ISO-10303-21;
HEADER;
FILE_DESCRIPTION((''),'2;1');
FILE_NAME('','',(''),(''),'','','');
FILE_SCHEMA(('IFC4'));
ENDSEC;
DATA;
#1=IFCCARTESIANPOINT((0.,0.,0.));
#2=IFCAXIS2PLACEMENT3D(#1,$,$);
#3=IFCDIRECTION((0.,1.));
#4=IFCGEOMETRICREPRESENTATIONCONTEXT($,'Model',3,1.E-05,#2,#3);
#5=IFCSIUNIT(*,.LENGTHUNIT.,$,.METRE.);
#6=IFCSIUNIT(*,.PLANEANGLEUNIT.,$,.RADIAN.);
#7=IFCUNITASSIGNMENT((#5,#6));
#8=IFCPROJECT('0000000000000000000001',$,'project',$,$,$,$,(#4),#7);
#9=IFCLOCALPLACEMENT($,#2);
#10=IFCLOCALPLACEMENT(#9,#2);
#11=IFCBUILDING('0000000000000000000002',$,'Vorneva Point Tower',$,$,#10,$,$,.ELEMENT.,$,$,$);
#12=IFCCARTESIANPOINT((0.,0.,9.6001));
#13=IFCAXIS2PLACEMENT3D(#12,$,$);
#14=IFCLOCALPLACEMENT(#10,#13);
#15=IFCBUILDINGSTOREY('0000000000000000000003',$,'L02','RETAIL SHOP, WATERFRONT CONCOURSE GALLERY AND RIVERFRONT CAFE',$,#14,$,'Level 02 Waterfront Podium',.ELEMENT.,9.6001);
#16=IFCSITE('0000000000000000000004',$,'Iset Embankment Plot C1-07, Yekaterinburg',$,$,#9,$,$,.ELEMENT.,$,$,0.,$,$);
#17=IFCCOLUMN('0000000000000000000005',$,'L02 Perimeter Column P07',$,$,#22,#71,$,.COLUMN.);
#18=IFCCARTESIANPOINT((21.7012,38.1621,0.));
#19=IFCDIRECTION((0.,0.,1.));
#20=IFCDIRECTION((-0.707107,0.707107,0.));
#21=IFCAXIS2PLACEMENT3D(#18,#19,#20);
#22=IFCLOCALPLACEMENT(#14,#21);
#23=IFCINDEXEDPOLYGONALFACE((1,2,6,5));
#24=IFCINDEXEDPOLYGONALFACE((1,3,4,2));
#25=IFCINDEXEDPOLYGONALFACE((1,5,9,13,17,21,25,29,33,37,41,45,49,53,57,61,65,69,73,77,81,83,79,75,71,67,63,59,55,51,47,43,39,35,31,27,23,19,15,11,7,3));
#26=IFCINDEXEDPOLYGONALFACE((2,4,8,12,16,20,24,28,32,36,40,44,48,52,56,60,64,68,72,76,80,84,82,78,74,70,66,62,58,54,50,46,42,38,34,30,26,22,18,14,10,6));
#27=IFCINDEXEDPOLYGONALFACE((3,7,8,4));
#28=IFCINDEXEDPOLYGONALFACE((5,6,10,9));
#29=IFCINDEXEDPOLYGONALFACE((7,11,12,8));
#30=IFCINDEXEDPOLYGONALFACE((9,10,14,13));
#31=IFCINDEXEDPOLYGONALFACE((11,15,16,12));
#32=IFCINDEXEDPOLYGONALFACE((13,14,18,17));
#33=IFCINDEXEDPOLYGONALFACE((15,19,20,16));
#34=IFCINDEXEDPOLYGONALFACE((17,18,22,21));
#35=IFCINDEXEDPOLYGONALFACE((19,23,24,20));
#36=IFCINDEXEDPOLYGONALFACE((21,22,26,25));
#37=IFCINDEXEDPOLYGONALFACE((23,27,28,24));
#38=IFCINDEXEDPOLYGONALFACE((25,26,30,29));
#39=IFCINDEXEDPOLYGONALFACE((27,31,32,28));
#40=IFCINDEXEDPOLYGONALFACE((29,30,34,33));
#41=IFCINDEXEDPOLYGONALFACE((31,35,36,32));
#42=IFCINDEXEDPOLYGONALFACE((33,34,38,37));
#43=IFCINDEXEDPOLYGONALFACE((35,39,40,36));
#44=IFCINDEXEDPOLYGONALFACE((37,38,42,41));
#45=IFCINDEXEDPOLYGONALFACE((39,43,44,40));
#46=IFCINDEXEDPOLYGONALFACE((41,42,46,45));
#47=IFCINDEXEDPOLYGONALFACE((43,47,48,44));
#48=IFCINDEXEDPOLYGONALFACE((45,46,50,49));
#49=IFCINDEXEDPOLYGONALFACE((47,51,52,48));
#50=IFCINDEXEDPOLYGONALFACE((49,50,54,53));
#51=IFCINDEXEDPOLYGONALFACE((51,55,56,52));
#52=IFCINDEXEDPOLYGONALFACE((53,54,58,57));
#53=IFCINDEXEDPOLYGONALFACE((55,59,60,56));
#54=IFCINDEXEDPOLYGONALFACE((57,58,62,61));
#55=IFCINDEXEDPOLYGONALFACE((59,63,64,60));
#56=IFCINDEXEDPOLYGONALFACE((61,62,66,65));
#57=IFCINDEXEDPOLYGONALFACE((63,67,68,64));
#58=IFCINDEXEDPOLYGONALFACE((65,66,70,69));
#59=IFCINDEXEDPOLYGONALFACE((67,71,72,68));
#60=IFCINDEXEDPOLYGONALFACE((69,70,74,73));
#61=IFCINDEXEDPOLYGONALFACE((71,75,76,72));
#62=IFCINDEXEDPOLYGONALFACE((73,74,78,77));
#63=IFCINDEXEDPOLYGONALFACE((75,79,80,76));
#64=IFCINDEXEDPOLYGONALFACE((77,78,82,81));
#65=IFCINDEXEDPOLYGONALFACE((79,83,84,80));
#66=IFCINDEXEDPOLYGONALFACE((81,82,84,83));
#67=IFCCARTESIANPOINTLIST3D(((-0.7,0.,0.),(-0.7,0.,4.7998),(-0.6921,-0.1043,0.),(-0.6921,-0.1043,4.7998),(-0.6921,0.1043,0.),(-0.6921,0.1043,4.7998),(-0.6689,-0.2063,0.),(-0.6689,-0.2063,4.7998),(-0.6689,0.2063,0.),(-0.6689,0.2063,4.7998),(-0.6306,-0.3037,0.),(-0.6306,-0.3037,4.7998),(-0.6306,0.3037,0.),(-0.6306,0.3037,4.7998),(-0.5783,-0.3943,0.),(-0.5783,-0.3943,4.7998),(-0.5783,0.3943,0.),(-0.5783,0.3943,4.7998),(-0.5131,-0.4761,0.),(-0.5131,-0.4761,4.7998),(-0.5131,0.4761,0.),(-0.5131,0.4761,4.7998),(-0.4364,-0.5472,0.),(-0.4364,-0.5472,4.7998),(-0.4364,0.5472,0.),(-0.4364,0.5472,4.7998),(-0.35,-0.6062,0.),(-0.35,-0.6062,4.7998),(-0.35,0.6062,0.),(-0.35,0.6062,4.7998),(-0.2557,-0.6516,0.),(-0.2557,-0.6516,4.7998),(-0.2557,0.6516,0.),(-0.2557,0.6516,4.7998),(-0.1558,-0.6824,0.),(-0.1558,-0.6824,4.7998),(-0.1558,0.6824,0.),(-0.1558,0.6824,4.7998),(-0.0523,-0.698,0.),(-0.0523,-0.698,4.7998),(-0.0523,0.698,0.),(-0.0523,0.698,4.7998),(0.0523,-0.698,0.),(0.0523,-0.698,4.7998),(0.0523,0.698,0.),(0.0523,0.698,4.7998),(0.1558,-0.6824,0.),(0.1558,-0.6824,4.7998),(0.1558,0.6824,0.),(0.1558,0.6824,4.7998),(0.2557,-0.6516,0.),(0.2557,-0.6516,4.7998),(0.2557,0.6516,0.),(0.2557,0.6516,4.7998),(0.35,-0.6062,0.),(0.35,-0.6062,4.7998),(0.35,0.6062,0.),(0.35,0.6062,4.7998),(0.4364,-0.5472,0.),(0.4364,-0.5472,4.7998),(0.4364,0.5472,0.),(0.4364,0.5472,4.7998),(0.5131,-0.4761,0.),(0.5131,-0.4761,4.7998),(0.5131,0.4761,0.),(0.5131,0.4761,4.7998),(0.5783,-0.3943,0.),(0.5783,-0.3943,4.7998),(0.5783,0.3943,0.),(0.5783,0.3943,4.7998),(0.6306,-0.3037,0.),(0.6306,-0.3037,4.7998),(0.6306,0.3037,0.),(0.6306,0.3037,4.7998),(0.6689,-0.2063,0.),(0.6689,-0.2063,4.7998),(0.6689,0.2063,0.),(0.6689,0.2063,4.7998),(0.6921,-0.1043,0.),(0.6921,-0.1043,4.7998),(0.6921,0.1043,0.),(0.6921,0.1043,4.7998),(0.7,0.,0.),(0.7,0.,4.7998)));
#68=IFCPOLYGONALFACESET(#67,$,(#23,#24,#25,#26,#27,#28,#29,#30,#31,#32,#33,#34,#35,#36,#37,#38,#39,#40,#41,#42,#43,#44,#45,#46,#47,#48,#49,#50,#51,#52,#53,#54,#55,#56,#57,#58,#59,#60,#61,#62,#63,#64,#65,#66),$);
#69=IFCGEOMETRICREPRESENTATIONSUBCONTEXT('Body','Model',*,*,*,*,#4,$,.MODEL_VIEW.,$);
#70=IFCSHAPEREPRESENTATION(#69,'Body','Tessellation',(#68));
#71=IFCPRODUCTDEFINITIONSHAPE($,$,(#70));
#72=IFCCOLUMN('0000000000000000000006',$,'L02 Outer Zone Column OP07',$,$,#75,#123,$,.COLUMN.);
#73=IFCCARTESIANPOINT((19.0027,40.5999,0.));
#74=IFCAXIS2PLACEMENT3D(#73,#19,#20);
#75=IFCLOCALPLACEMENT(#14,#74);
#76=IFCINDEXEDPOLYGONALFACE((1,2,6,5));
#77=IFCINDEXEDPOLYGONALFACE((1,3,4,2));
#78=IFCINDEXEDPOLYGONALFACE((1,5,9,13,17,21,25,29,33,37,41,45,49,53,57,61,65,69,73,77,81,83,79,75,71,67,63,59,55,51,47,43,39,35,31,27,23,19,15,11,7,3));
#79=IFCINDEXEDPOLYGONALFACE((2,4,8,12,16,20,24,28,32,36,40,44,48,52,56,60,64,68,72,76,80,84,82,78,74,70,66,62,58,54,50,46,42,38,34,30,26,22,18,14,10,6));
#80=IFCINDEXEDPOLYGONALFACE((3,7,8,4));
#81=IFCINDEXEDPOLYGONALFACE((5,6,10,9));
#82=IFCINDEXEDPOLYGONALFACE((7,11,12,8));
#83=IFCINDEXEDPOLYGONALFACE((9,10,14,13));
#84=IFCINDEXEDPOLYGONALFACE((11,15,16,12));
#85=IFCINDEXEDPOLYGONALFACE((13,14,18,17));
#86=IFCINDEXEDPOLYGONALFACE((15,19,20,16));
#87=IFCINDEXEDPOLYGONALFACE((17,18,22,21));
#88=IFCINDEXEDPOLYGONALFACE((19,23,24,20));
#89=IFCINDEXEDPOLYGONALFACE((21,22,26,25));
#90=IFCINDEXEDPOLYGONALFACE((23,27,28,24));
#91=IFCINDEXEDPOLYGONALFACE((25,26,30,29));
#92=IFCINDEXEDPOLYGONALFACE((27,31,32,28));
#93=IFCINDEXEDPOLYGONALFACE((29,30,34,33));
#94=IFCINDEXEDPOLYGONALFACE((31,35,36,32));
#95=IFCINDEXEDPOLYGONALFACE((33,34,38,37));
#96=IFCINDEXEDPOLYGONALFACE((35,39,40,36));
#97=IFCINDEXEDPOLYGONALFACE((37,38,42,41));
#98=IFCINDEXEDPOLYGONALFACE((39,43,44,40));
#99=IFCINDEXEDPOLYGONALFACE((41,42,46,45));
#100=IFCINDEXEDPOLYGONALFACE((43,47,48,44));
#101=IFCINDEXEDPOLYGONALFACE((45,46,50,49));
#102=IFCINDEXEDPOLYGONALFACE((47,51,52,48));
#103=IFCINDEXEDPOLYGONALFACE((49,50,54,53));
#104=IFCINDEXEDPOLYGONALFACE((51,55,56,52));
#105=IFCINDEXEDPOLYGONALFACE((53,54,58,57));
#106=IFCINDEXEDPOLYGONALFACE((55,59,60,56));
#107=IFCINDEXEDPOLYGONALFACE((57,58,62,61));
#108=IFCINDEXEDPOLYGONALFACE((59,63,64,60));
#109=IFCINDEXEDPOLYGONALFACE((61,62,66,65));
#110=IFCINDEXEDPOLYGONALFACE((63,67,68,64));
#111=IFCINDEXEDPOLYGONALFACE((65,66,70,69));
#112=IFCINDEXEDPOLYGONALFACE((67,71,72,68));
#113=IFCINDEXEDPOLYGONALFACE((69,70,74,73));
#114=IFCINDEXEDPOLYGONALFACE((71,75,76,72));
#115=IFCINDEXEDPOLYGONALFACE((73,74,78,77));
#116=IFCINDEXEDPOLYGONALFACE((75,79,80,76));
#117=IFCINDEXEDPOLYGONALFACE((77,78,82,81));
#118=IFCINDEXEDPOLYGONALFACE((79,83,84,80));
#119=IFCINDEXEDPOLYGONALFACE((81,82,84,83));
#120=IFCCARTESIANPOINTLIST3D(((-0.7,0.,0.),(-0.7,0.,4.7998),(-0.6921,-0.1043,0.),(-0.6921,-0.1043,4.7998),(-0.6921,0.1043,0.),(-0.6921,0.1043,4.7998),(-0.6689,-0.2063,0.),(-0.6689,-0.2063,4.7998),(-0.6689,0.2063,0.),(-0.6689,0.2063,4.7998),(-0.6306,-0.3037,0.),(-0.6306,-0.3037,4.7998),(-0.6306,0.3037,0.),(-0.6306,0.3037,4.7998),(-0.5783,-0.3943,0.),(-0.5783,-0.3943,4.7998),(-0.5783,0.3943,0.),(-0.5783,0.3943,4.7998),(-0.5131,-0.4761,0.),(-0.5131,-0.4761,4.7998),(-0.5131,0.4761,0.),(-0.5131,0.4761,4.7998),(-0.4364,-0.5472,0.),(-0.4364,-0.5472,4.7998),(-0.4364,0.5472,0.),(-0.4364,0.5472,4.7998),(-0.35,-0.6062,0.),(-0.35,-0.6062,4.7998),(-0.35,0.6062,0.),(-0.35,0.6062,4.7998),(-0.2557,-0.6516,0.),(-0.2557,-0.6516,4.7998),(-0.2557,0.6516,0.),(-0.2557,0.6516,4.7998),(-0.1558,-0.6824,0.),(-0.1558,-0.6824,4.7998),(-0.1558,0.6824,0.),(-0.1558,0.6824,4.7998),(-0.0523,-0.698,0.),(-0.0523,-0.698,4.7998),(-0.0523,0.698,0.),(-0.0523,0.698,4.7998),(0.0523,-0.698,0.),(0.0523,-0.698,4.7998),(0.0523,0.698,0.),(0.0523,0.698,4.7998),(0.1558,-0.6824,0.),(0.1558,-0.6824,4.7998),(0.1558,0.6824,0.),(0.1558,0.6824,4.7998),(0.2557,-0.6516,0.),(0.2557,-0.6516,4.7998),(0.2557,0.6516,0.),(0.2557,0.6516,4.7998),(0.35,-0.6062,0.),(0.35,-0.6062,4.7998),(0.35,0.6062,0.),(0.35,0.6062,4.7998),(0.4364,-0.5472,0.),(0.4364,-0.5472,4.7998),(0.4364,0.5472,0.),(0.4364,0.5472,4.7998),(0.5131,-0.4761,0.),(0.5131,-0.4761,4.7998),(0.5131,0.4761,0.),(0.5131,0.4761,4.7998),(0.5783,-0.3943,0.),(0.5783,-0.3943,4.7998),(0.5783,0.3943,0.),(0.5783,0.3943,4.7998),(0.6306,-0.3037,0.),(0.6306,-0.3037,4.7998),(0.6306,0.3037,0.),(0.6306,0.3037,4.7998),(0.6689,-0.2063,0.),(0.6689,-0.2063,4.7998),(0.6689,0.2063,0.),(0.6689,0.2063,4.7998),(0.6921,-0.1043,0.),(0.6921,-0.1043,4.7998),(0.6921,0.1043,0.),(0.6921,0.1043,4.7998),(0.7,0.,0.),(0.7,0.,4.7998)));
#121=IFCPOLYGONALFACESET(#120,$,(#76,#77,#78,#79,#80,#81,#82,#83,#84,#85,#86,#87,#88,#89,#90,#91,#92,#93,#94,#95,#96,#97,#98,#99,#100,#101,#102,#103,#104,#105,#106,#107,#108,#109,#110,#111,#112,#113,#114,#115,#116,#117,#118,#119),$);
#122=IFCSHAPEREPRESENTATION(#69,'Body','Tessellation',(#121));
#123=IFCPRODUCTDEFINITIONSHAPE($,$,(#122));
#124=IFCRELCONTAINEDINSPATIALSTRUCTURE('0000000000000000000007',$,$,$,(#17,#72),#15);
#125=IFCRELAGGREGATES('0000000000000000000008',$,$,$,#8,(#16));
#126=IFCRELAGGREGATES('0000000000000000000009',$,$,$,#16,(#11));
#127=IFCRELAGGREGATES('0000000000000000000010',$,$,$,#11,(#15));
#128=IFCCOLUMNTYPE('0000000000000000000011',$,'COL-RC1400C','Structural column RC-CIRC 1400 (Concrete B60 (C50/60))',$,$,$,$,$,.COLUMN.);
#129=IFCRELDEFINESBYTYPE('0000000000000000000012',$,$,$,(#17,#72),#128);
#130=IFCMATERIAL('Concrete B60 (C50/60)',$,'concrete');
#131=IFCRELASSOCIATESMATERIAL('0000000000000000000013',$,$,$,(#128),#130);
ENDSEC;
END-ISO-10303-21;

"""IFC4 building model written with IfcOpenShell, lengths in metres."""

from ifc_helpers import new_model, si_unit, direction, frame, origin, origin_2d, place, context, subcontext, project, spatial, circle, extrude, material, material_profile, profile_set, type_object, element, save


model = new_model("IFC4")

# Units and contexts
model_context = context("Model", 3, precision=1e-05, world=origin(), true_north=direction((0.0, 1.0)))
body_context = subcontext(model_context, "Body", "Model", "MODEL_VIEW")
ifc_project = project(units=[si_unit("LENGTHUNIT", "METRE"), si_unit("PLANEANGLEUNIT", "RADIAN")], contexts=[model_context])

# Site, building, storey
site_placement = place(None, origin())
site = spatial("IfcSite", under=ifc_project, at=site_placement, Name="Iset Embankment Plot C1-07, Yekaterinburg", CompositionType="ELEMENT", RefElevation=0.0)
building_placement = place(site_placement, origin())
building = spatial("IfcBuilding", under=site, at=building_placement, Name="Vorneva Point Tower", CompositionType="ELEMENT")
storey_placement = place(building_placement, frame((0.0, 0.0, 9.6001)))
storey = spatial("IfcBuildingStorey", under=building, at=storey_placement, Name="L02", Description="RETAIL SHOP, WATERFRONT CONCOURSE GALLERY AND RIVERFRONT CAFE", LongName="Level 02 Waterfront Podium", CompositionType="ELEMENT", Elevation=9.6001)

# Columns
ifc_material_1 = material(Name="Concrete B60 (C50/60)", Category="concrete")
ifc_material_profile_1 = material_profile(ifc_material_1, circle(Radius=0.7, at=origin_2d()), Name="RC-CIRC 1400")
ifc_profile_set_1 = profile_set([ifc_material_profile_1], Name="Concrete B60 (C50/60)")
column_type_1 = type_object("IfcColumnType", Name="COL-RC1400C", Description="Structural column RC-CIRC 1400 (Concrete B60 (C50/60))", PredefinedType="COLUMN", material=ifc_profile_set_1)
for number, where, z_axis, x_axis, name in (
    (1, (21.7012, 38.1621, 0.0), (0.0, 0.0, 1.0), (-0.707107, 0.707107, 0.0), "L02 Perimeter Column P07"),
    (2, (19.0027, 40.5999, 0.0), (0.0, 0.0, 1.0), (-0.707107, 0.707107, 0.0), "L02 Outer Zone Column OP07"),
):
    element("IfcColumn", number, at=place(storey_placement, frame(where, z_axis=z_axis, x_axis=x_axis)), inside=storey, type_object=column_type_1, Name=name, PredefinedType="COLUMN", context=body_context, shape_type="SweptSolid", body=[
        extrude(circle(Radius=0.7, at=origin_2d()), origin(), (0.0, 0.0, 1.0), 4.7998),
    ])

save(model, "model.ifc")
